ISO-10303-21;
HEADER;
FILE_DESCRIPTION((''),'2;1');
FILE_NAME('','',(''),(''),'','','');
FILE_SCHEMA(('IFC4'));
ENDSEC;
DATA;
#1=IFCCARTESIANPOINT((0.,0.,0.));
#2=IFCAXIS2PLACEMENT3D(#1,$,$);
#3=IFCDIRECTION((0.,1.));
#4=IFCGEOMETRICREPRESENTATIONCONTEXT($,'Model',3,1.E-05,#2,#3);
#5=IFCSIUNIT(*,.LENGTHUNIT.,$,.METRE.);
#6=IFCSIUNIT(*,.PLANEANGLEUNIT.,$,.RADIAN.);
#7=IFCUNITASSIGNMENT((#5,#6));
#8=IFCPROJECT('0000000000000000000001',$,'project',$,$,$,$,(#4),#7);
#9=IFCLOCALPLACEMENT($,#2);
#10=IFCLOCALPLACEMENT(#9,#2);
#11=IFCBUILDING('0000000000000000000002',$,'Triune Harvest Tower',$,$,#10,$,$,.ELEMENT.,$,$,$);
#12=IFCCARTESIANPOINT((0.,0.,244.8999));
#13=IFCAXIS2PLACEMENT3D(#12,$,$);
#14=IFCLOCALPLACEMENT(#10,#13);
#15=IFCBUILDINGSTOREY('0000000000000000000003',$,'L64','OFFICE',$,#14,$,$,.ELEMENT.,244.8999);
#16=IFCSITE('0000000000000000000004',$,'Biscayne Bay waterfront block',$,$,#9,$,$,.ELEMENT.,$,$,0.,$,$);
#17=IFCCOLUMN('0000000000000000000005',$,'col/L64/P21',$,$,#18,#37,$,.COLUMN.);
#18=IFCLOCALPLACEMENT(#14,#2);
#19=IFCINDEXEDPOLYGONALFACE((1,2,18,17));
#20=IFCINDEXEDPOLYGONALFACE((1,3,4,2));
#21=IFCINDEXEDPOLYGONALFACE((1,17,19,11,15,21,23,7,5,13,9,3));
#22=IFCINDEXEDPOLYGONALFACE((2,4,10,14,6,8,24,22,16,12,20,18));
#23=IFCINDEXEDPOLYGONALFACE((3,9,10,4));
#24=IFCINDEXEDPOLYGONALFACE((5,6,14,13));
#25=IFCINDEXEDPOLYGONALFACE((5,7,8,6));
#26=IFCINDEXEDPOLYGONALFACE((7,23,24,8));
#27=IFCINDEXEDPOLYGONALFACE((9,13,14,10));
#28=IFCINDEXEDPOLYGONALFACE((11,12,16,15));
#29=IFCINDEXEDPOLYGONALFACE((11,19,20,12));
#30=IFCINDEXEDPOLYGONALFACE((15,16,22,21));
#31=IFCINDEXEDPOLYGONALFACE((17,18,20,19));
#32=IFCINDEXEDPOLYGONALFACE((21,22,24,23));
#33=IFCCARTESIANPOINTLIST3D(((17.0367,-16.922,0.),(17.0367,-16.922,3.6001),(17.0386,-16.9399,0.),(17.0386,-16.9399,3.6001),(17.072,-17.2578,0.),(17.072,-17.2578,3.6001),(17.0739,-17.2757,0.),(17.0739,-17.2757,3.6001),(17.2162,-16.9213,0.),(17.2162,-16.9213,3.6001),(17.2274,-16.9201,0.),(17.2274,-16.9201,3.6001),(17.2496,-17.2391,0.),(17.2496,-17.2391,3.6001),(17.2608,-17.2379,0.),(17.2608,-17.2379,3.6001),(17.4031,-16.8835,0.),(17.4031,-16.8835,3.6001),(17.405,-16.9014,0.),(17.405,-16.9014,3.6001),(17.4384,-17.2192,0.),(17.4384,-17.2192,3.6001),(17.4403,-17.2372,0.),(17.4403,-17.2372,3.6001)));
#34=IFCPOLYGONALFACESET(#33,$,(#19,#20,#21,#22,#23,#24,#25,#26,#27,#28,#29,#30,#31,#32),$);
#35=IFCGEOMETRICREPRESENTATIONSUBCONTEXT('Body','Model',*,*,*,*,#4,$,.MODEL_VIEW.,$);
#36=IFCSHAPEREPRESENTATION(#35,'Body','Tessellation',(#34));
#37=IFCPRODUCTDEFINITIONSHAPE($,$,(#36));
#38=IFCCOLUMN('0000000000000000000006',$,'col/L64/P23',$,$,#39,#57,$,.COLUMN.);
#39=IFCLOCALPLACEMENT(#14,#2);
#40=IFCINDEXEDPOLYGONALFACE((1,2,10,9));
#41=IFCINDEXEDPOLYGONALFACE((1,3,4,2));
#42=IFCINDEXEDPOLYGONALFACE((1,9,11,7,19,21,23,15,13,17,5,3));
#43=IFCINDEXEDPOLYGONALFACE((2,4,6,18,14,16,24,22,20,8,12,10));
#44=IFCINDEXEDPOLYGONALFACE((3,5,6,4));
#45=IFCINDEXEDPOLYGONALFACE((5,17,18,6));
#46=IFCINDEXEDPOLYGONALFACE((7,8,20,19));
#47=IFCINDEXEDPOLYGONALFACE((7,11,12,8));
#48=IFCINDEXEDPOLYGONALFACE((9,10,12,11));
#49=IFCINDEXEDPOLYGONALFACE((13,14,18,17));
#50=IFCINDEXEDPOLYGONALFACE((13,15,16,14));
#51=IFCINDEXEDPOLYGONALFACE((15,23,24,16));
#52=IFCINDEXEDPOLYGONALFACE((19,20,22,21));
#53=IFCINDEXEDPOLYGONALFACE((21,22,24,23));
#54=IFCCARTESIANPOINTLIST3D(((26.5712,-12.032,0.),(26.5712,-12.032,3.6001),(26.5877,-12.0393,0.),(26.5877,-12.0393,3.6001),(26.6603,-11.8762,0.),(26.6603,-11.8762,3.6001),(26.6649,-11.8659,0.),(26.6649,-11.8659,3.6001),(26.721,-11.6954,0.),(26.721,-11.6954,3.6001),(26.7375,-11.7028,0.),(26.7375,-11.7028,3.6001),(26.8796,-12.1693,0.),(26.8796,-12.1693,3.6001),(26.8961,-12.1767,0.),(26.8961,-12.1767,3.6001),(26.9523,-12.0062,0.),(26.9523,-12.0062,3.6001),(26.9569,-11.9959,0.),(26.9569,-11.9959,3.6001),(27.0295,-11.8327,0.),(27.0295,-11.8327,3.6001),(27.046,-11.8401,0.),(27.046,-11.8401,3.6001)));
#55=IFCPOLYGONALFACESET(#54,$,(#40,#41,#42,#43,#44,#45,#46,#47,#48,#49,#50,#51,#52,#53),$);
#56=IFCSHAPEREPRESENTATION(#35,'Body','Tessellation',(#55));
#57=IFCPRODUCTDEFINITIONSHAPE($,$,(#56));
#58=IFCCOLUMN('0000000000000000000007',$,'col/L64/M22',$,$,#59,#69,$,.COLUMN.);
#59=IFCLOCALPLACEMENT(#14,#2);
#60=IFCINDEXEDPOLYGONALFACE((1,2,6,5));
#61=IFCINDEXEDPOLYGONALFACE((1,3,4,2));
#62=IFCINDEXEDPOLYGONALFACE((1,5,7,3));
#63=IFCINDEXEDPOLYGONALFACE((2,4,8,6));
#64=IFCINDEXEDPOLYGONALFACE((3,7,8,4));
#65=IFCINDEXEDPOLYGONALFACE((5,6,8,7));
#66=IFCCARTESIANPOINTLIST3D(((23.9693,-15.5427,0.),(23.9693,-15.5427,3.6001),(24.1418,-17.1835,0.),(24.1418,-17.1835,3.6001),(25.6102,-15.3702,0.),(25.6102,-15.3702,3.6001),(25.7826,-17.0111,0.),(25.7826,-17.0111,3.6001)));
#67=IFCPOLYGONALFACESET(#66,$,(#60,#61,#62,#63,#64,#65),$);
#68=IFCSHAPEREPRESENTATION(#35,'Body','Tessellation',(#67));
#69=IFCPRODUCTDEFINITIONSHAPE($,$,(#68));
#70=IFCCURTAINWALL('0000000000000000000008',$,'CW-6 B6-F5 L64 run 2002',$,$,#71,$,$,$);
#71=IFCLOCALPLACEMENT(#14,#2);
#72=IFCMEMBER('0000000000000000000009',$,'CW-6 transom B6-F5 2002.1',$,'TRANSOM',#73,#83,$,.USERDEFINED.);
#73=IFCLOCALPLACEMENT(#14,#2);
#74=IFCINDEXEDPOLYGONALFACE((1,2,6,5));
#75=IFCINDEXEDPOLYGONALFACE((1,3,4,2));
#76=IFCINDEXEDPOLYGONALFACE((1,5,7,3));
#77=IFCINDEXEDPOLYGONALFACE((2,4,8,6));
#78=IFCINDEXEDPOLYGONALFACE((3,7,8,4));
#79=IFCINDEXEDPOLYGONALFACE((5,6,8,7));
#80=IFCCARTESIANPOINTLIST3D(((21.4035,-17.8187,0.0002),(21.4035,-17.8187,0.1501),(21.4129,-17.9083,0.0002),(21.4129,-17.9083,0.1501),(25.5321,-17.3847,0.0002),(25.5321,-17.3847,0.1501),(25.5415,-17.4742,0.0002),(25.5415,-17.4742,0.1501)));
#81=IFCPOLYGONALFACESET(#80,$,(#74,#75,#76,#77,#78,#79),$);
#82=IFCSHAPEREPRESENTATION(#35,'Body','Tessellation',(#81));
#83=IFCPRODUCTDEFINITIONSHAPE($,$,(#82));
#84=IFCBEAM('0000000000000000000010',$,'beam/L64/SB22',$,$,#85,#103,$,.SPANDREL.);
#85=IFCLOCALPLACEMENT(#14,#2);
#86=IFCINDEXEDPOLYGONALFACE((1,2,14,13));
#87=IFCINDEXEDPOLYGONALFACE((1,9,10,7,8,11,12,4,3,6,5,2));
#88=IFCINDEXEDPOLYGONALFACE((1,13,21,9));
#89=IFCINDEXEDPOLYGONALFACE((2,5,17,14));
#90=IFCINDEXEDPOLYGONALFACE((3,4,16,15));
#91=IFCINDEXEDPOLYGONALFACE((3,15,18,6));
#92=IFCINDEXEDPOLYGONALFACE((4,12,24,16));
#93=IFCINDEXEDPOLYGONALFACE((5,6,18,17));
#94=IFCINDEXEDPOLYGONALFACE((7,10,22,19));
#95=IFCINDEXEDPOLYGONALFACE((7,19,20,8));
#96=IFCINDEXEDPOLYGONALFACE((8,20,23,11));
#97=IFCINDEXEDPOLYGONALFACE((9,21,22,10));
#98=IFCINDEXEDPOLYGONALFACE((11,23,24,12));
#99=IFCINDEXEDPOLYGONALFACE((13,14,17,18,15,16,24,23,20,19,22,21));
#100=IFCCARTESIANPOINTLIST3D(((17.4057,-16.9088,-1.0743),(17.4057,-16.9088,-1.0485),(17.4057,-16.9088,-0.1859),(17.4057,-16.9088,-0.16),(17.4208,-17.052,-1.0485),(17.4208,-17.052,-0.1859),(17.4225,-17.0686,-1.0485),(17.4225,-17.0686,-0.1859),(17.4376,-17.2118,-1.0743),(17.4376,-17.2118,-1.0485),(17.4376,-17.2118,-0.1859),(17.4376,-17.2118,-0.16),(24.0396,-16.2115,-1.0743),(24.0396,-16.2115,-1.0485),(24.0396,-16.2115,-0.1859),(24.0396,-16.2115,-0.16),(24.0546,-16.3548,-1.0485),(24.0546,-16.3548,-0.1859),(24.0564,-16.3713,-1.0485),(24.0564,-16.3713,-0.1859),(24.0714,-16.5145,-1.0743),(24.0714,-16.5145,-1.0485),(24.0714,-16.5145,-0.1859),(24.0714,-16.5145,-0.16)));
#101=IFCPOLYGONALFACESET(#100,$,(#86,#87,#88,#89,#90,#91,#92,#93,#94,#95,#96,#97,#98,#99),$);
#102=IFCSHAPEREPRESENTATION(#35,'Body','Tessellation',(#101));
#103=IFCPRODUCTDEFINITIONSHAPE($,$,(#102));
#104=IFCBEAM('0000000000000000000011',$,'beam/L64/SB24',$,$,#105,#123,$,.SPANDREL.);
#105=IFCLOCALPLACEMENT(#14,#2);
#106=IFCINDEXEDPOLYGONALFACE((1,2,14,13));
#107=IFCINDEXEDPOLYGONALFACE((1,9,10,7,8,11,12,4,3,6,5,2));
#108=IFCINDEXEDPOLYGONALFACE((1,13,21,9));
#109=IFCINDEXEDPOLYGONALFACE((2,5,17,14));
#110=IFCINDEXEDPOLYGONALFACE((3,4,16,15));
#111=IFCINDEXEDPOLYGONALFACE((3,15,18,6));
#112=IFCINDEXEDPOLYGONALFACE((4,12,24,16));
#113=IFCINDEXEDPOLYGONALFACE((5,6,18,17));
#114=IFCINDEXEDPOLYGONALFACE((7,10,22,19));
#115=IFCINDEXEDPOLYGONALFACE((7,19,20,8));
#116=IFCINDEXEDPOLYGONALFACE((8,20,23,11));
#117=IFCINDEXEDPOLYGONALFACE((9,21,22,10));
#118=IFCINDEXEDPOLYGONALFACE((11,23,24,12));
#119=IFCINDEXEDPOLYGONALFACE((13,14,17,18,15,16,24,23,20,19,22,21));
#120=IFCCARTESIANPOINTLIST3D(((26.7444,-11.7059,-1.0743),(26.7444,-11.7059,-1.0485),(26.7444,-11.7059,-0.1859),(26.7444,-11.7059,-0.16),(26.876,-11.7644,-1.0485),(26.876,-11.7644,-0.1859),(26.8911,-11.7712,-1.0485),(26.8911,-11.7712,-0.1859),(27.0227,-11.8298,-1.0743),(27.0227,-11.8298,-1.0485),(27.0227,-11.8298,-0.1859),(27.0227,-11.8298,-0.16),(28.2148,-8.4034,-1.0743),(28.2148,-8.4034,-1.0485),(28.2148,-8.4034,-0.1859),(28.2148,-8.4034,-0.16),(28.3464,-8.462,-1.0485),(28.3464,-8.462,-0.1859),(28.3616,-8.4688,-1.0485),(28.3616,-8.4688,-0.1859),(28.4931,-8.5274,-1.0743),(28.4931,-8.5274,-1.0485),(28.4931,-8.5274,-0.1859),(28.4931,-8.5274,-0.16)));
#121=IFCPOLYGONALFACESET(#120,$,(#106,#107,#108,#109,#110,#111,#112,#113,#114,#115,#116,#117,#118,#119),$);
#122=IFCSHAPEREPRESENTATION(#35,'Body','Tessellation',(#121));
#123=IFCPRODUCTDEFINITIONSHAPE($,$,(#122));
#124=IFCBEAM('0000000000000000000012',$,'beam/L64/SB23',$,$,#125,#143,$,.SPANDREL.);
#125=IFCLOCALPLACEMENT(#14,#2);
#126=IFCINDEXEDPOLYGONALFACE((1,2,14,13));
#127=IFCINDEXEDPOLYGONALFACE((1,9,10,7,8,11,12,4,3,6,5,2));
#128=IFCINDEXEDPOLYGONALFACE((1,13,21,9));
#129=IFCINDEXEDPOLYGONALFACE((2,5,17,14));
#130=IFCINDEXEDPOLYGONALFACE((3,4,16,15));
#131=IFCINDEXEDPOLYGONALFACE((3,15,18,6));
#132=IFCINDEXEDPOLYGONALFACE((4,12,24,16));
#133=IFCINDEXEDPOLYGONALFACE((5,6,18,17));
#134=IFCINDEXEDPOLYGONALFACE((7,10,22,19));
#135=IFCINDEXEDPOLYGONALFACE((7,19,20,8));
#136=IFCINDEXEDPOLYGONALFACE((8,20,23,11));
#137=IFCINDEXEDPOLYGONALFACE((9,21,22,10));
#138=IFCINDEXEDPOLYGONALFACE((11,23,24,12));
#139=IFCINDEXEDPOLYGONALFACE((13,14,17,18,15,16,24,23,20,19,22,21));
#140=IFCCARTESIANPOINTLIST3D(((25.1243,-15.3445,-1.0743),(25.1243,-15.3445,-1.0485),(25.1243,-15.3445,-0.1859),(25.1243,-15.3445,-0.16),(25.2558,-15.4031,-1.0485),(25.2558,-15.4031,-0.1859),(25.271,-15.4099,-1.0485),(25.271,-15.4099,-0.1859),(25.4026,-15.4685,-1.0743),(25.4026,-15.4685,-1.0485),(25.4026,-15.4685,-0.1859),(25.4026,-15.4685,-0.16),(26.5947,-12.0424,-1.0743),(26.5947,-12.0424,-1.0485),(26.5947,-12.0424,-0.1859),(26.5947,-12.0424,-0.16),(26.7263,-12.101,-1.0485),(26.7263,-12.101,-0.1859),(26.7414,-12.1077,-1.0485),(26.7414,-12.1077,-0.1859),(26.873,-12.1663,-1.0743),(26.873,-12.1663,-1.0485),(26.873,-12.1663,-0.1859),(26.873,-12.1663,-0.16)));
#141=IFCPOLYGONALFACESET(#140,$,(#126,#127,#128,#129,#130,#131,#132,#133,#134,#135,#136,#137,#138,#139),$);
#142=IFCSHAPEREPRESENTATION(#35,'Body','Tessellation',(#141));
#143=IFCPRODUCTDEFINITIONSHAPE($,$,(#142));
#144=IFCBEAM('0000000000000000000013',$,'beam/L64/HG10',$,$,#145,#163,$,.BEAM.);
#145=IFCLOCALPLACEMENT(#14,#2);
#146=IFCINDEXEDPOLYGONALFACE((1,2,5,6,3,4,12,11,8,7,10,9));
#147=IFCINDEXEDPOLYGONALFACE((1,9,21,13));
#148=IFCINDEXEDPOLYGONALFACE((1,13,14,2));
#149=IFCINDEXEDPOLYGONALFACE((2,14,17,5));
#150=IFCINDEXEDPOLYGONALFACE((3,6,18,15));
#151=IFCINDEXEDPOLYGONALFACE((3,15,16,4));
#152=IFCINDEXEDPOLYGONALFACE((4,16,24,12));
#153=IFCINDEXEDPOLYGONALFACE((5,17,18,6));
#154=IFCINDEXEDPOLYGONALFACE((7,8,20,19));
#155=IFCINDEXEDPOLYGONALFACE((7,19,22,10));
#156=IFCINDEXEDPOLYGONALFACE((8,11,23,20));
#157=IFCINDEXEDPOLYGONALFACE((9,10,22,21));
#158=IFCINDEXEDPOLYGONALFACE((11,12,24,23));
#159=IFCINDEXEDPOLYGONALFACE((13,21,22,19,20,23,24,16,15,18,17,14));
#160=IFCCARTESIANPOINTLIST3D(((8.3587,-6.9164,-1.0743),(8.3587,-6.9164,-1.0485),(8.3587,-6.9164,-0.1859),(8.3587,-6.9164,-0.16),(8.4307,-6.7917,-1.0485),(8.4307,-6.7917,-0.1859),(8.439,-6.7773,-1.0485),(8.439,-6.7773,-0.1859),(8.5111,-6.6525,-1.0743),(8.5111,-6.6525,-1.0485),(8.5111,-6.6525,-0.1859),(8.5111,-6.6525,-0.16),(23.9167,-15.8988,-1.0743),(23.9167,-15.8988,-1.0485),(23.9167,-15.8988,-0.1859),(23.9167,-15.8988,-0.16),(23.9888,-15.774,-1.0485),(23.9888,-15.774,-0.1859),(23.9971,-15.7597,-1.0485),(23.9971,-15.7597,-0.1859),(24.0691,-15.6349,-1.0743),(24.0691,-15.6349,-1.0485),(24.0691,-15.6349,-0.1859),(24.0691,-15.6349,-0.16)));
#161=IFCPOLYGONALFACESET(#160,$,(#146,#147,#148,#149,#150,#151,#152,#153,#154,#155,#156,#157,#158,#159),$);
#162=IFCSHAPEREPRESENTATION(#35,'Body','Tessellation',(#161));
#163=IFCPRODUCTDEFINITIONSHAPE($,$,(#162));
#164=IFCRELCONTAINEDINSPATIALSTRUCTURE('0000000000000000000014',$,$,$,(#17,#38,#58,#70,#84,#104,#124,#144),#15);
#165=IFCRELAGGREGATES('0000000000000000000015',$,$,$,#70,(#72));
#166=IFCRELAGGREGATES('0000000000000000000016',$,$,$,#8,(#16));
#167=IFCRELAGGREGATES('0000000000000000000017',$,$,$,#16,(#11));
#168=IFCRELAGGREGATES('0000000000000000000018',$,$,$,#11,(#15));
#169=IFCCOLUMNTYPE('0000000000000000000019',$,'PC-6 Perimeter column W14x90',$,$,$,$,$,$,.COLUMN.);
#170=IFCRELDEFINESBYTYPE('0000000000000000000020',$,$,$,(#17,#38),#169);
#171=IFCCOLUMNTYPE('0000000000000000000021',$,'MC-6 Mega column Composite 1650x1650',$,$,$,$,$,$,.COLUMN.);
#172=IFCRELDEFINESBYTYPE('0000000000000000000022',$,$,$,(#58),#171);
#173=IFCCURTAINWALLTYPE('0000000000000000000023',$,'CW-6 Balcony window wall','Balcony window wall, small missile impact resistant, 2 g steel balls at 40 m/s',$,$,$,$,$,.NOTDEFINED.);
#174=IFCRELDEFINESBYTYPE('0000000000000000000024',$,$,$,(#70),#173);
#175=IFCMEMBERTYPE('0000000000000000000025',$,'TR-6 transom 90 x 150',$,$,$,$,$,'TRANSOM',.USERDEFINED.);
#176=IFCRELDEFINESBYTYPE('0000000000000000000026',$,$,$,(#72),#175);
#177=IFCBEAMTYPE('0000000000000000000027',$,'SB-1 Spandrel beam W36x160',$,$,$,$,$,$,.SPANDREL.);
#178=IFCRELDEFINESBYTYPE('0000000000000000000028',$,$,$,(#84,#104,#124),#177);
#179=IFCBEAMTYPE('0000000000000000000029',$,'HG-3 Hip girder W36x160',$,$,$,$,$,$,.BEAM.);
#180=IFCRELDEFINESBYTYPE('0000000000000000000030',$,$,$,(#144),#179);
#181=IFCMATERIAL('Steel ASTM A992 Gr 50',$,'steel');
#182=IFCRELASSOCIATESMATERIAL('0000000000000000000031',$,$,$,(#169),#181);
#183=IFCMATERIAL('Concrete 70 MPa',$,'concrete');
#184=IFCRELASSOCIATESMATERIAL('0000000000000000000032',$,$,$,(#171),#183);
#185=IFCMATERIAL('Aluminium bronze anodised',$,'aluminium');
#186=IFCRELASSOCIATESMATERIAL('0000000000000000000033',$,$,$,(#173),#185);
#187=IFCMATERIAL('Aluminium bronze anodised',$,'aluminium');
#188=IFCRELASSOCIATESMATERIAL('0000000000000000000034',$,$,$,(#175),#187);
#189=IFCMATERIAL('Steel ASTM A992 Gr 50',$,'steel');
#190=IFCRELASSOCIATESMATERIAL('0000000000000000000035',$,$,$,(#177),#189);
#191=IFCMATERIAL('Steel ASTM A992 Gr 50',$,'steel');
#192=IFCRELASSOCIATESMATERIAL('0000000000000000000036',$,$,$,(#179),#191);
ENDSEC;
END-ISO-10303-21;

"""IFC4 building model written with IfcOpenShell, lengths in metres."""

from ifc_helpers import new_model, si_unit, direction, frame, origin, origin_2d, place, context, subcontext, project, spatial, rectangle, i_section, extrude, source, transform, mapped, material, material_profile, profile_set, type_object, element, aggregate, save


model = new_model("IFC4")

# Units and contexts
model_context = context("Model", 3, precision=1e-05, world=origin(), true_north=direction((0.0, 1.0)))
body_context = subcontext(model_context, "Body", "Model", "MODEL_VIEW")
ifc_project = project(units=[si_unit("LENGTHUNIT", "METRE"), si_unit("PLANEANGLEUNIT", "RADIAN")], contexts=[model_context])

# Site, building, storey
site_placement = place(None, origin())
site = spatial("IfcSite", under=ifc_project, at=site_placement, Name="Biscayne Bay waterfront block", CompositionType="ELEMENT", RefElevation=0.0)
building_placement = place(site_placement, origin())
building = spatial("IfcBuilding", under=site, at=building_placement, Name="Triune Harvest Tower", CompositionType="ELEMENT")
storey_placement = place(building_placement, frame((0.0, 0.0, 244.8999)))
storey = spatial("IfcBuildingStorey", under=building, at=storey_placement, Name="L64", Description="OFFICE", CompositionType="ELEMENT", Elevation=244.8999)

# Columns
ifc_material_1 = material(Name="Steel ASTM A992 Gr 50", Category="steel")
ifc_material_profile_1 = material_profile(ifc_material_1, i_section(OverallWidth=0.3684, OverallDepth=0.3557, WebThickness=0.0112, FlangeThickness=0.0181, at=origin_2d()), Name="W14x90")
ifc_profile_set_1 = profile_set([ifc_material_profile_1], Name="Steel ASTM A992 Gr 50")
column_type_1 = type_object("IfcColumnType", Name="PC-6 Perimeter column W14x90", PredefinedType="COLUMN", material=ifc_profile_set_1)
shared_shape_1 = source(origin(), body_context, "Body", "SweptSolid", [
    extrude(i_section(OverallWidth=0.3684, OverallDepth=0.3557, WebThickness=0.0112, FlangeThickness=0.0181, at=origin_2d()), origin(), (0.0, 0.0, 1.0), 3.6001),
])
for number, where, z_axis, x_axis, name in (
    (1, (17.2385, -17.0796, 0.0), (0.0, 0.0, 1.0), (0.994522, 0.10453, 0.0), "col/L64/P21"),
    (2, (26.8086, -11.936, 0.0), (0.0, 0.0, 1.0), (0.406741, 0.913543, 0.0), "col/L64/P23"),
):
    element("IfcColumn", number, at=place(storey_placement, frame(where, z_axis=z_axis, x_axis=x_axis)), inside=storey, type_object=column_type_1, Name=name, PredefinedType="COLUMN", context=body_context, shape_type="MappedRepresentation", body=[
        mapped(shared_shape_1, transform((0.0, 0.0, 0.0), scale=1.0)),
    ])
ifc_material_2 = material(Name="Concrete 70 MPa", Category="concrete")
ifc_material_profile_2 = material_profile(ifc_material_2, rectangle(XDim=1.6499, YDim=1.6499, at=origin_2d()), Name="Composite 1650x1650")
ifc_profile_set_2 = profile_set([ifc_material_profile_2], Name="Concrete 70 MPa")
column_type_2 = type_object("IfcColumnType", Name="MC-6 Mega column Composite 1650x1650", PredefinedType="COLUMN", material=ifc_profile_set_2)
shared_shape_2 = source(origin(), body_context, "Body", "SweptSolid", [
    extrude(rectangle(XDim=1.6499, YDim=1.6499, at=origin_2d()), origin(), (0.0, 0.0, 1.0), 3.6001),
])
column_placement = place(storey_placement, frame((24.876, -16.2769, 0.0), z_axis=(0.0, 0.0, 1.0), x_axis=(0.994522, 0.10453, 0.0)))
element("IfcColumn", 3, at=column_placement, inside=storey, type_object=column_type_2, Name="col/L64/M22", PredefinedType="COLUMN", context=body_context, shape_type="MappedRepresentation", body=[
    mapped(shared_shape_2, transform((0.0, 0.0, 0.0), scale=1.0)),
])

# Curtain wall, member
ifc_material_3 = material(Name="Aluminium bronze anodised", Category="aluminium")
curtain_wall_type_1 = type_object("IfcCurtainWallType", Name="CW-6 Balcony window wall", Description="Balcony window wall, small missile impact resistant, 2 g steel balls at 40 m/s", PredefinedType="NOTDEFINED", material=ifc_material_3)
curtain_wall_1_placement = place(storey_placement, origin())
curtain_wall_1 = element("IfcCurtainWall", 4, at=curtain_wall_1_placement, inside=storey, type_object=curtain_wall_type_1, Name="CW-6 B6-F5 L64 run 2002")
ifc_material_4 = material(Name="Aluminium bronze anodised", Category="aluminium")
ifc_material_profile_3 = material_profile(ifc_material_4, rectangle(XDim=0.0901, YDim=0.1499, at=origin_2d()), Name="TR-6 transom 90 x 150")
ifc_profile_set_3 = profile_set([ifc_material_profile_3], Name="Aluminium bronze anodised")
member_type_1 = type_object("IfcMemberType", Name="TR-6 transom 90 x 150", ElementType="TRANSOM", PredefinedType="USERDEFINED", material=ifc_profile_set_3)
member_1_placement = place(storey_placement, frame((21.4082, -17.8635, 0.0752), z_axis=(0.994518, 0.104562, 0.0), x_axis=(-0.104562, 0.994518, 0.0)))
member_1 = element("IfcMember", 5, at=member_1_placement, type_object=member_type_1, Name="CW-6 transom B6-F5 2002.1", ObjectType="TRANSOM", PredefinedType="USERDEFINED", context=body_context, shape_type="SweptSolid", body=[
    extrude(rectangle(XDim=0.0901, YDim=0.1499, at=origin_2d()), origin(), (0.0, 0.0, 1.0), 4.1514),
])

# Beams
ifc_material_5 = material(Name="Steel ASTM A992 Gr 50", Category="steel")
ifc_material_profile_4 = material_profile(ifc_material_5, i_section(OverallWidth=0.3047, OverallDepth=0.9143, WebThickness=0.0166, FlangeThickness=0.0259, at=origin_2d()), Name="W36x160")
ifc_profile_set_4 = profile_set([ifc_material_profile_4], Name="Steel ASTM A992 Gr 50")
beam_type_1 = type_object("IfcBeamType", Name="SB-1 Spandrel beam W36x160", PredefinedType="SPANDREL", material=ifc_profile_set_4)
shared_shape_3 = source(origin(), body_context, "Body", "SweptSolid", [
    extrude(i_section(OverallWidth=0.3047, OverallDepth=0.9143, WebThickness=0.0166, FlangeThickness=0.0259, at=origin_2d()), origin(), (0.0, 0.0, 1.0), 6.6704),
])
beam_1_placement = place(storey_placement, frame((17.4216, -17.0603, -0.6172), z_axis=(0.994521, 0.104532, 0.0), x_axis=(-0.104532, 0.994521, 0.0)))
element("IfcBeam", 6, at=beam_1_placement, inside=storey, type_object=beam_type_1, Name="beam/L64/SB22", PredefinedType="SPANDREL", context=body_context, shape_type="MappedRepresentation", body=[
    mapped(shared_shape_3, transform((0.0, 0.0, 0.0), scale=1.0)),
])
shared_shape_4 = source(origin(), body_context, "Body", "SweptSolid", [
    extrude(i_section(OverallWidth=0.3047, OverallDepth=0.9143, WebThickness=0.0166, FlangeThickness=0.0259, at=origin_2d()), origin(), (0.0, 0.0, 1.0), 3.615),
])
beam_2_placement = place(storey_placement, frame((26.8835, -11.7678, -0.6172), z_axis=(0.406759, 0.913536, 0.0), x_axis=(-0.913536, 0.406759, 0.0)))
element("IfcBeam", 7, at=beam_2_placement, inside=storey, type_object=beam_type_1, Name="beam/L64/SB24", PredefinedType="SPANDREL", context=body_context, shape_type="MappedRepresentation", body=[
    mapped(shared_shape_4, transform((0.0, 0.0, 0.0), scale=1.0)),
])
shared_shape_5 = source(origin(), body_context, "Body", "SweptSolid", [
    extrude(i_section(OverallWidth=0.3047, OverallDepth=0.9143, WebThickness=0.0166, FlangeThickness=0.0259, at=origin_2d()), origin(), (0.0, 0.0, 1.0), 3.6147),
])
beam_3_placement = place(storey_placement, frame((25.2634, -15.4065, -0.6172), z_axis=(0.406784, 0.913524, 0.0), x_axis=(-0.913524, 0.406784, 0.0)))
element("IfcBeam", 8, at=beam_3_placement, inside=storey, type_object=beam_type_1, Name="beam/L64/SB23", PredefinedType="SPANDREL", context=body_context, shape_type="MappedRepresentation", body=[
    mapped(shared_shape_5, transform((0.0, 0.0, 0.0), scale=1.0)),
])
ifc_material_6 = material(Name="Steel ASTM A992 Gr 50", Category="steel")
ifc_material_profile_5 = material_profile(ifc_material_6, i_section(OverallWidth=0.3047, OverallDepth=0.9143, WebThickness=0.0166, FlangeThickness=0.0259, at=origin_2d()), Name="W36x160")
ifc_profile_set_5 = profile_set([ifc_material_profile_5], Name="Steel ASTM A992 Gr 50")
beam_type_2 = type_object("IfcBeamType", Name="HG-3 Hip girder W36x160", PredefinedType="BEAM", material=ifc_profile_set_5)
shared_shape_6 = source(origin(), body_context, "Body", "SweptSolid", [
    extrude(i_section(OverallWidth=0.3047, OverallDepth=0.9143, WebThickness=0.0166, FlangeThickness=0.0259, at=origin_2d()), origin(), (0.0, 0.0, 1.0), 17.9648),
])
beam_4_placement = place(storey_placement, frame((23.9929, -15.7668, -0.6172), z_axis=(-0.866027, 0.499998, 0.0), x_axis=(-0.499998, -0.866027, 0.0)))
element("IfcBeam", 9, at=beam_4_placement, inside=storey, type_object=beam_type_2, Name="beam/L64/HG10", PredefinedType="BEAM", context=body_context, shape_type="MappedRepresentation", body=[
    mapped(shared_shape_6, transform((0.0, 0.0, 0.0), scale=1.0)),
])

aggregate(curtain_wall_1, [member_1])

save(model, "model.ifc")
